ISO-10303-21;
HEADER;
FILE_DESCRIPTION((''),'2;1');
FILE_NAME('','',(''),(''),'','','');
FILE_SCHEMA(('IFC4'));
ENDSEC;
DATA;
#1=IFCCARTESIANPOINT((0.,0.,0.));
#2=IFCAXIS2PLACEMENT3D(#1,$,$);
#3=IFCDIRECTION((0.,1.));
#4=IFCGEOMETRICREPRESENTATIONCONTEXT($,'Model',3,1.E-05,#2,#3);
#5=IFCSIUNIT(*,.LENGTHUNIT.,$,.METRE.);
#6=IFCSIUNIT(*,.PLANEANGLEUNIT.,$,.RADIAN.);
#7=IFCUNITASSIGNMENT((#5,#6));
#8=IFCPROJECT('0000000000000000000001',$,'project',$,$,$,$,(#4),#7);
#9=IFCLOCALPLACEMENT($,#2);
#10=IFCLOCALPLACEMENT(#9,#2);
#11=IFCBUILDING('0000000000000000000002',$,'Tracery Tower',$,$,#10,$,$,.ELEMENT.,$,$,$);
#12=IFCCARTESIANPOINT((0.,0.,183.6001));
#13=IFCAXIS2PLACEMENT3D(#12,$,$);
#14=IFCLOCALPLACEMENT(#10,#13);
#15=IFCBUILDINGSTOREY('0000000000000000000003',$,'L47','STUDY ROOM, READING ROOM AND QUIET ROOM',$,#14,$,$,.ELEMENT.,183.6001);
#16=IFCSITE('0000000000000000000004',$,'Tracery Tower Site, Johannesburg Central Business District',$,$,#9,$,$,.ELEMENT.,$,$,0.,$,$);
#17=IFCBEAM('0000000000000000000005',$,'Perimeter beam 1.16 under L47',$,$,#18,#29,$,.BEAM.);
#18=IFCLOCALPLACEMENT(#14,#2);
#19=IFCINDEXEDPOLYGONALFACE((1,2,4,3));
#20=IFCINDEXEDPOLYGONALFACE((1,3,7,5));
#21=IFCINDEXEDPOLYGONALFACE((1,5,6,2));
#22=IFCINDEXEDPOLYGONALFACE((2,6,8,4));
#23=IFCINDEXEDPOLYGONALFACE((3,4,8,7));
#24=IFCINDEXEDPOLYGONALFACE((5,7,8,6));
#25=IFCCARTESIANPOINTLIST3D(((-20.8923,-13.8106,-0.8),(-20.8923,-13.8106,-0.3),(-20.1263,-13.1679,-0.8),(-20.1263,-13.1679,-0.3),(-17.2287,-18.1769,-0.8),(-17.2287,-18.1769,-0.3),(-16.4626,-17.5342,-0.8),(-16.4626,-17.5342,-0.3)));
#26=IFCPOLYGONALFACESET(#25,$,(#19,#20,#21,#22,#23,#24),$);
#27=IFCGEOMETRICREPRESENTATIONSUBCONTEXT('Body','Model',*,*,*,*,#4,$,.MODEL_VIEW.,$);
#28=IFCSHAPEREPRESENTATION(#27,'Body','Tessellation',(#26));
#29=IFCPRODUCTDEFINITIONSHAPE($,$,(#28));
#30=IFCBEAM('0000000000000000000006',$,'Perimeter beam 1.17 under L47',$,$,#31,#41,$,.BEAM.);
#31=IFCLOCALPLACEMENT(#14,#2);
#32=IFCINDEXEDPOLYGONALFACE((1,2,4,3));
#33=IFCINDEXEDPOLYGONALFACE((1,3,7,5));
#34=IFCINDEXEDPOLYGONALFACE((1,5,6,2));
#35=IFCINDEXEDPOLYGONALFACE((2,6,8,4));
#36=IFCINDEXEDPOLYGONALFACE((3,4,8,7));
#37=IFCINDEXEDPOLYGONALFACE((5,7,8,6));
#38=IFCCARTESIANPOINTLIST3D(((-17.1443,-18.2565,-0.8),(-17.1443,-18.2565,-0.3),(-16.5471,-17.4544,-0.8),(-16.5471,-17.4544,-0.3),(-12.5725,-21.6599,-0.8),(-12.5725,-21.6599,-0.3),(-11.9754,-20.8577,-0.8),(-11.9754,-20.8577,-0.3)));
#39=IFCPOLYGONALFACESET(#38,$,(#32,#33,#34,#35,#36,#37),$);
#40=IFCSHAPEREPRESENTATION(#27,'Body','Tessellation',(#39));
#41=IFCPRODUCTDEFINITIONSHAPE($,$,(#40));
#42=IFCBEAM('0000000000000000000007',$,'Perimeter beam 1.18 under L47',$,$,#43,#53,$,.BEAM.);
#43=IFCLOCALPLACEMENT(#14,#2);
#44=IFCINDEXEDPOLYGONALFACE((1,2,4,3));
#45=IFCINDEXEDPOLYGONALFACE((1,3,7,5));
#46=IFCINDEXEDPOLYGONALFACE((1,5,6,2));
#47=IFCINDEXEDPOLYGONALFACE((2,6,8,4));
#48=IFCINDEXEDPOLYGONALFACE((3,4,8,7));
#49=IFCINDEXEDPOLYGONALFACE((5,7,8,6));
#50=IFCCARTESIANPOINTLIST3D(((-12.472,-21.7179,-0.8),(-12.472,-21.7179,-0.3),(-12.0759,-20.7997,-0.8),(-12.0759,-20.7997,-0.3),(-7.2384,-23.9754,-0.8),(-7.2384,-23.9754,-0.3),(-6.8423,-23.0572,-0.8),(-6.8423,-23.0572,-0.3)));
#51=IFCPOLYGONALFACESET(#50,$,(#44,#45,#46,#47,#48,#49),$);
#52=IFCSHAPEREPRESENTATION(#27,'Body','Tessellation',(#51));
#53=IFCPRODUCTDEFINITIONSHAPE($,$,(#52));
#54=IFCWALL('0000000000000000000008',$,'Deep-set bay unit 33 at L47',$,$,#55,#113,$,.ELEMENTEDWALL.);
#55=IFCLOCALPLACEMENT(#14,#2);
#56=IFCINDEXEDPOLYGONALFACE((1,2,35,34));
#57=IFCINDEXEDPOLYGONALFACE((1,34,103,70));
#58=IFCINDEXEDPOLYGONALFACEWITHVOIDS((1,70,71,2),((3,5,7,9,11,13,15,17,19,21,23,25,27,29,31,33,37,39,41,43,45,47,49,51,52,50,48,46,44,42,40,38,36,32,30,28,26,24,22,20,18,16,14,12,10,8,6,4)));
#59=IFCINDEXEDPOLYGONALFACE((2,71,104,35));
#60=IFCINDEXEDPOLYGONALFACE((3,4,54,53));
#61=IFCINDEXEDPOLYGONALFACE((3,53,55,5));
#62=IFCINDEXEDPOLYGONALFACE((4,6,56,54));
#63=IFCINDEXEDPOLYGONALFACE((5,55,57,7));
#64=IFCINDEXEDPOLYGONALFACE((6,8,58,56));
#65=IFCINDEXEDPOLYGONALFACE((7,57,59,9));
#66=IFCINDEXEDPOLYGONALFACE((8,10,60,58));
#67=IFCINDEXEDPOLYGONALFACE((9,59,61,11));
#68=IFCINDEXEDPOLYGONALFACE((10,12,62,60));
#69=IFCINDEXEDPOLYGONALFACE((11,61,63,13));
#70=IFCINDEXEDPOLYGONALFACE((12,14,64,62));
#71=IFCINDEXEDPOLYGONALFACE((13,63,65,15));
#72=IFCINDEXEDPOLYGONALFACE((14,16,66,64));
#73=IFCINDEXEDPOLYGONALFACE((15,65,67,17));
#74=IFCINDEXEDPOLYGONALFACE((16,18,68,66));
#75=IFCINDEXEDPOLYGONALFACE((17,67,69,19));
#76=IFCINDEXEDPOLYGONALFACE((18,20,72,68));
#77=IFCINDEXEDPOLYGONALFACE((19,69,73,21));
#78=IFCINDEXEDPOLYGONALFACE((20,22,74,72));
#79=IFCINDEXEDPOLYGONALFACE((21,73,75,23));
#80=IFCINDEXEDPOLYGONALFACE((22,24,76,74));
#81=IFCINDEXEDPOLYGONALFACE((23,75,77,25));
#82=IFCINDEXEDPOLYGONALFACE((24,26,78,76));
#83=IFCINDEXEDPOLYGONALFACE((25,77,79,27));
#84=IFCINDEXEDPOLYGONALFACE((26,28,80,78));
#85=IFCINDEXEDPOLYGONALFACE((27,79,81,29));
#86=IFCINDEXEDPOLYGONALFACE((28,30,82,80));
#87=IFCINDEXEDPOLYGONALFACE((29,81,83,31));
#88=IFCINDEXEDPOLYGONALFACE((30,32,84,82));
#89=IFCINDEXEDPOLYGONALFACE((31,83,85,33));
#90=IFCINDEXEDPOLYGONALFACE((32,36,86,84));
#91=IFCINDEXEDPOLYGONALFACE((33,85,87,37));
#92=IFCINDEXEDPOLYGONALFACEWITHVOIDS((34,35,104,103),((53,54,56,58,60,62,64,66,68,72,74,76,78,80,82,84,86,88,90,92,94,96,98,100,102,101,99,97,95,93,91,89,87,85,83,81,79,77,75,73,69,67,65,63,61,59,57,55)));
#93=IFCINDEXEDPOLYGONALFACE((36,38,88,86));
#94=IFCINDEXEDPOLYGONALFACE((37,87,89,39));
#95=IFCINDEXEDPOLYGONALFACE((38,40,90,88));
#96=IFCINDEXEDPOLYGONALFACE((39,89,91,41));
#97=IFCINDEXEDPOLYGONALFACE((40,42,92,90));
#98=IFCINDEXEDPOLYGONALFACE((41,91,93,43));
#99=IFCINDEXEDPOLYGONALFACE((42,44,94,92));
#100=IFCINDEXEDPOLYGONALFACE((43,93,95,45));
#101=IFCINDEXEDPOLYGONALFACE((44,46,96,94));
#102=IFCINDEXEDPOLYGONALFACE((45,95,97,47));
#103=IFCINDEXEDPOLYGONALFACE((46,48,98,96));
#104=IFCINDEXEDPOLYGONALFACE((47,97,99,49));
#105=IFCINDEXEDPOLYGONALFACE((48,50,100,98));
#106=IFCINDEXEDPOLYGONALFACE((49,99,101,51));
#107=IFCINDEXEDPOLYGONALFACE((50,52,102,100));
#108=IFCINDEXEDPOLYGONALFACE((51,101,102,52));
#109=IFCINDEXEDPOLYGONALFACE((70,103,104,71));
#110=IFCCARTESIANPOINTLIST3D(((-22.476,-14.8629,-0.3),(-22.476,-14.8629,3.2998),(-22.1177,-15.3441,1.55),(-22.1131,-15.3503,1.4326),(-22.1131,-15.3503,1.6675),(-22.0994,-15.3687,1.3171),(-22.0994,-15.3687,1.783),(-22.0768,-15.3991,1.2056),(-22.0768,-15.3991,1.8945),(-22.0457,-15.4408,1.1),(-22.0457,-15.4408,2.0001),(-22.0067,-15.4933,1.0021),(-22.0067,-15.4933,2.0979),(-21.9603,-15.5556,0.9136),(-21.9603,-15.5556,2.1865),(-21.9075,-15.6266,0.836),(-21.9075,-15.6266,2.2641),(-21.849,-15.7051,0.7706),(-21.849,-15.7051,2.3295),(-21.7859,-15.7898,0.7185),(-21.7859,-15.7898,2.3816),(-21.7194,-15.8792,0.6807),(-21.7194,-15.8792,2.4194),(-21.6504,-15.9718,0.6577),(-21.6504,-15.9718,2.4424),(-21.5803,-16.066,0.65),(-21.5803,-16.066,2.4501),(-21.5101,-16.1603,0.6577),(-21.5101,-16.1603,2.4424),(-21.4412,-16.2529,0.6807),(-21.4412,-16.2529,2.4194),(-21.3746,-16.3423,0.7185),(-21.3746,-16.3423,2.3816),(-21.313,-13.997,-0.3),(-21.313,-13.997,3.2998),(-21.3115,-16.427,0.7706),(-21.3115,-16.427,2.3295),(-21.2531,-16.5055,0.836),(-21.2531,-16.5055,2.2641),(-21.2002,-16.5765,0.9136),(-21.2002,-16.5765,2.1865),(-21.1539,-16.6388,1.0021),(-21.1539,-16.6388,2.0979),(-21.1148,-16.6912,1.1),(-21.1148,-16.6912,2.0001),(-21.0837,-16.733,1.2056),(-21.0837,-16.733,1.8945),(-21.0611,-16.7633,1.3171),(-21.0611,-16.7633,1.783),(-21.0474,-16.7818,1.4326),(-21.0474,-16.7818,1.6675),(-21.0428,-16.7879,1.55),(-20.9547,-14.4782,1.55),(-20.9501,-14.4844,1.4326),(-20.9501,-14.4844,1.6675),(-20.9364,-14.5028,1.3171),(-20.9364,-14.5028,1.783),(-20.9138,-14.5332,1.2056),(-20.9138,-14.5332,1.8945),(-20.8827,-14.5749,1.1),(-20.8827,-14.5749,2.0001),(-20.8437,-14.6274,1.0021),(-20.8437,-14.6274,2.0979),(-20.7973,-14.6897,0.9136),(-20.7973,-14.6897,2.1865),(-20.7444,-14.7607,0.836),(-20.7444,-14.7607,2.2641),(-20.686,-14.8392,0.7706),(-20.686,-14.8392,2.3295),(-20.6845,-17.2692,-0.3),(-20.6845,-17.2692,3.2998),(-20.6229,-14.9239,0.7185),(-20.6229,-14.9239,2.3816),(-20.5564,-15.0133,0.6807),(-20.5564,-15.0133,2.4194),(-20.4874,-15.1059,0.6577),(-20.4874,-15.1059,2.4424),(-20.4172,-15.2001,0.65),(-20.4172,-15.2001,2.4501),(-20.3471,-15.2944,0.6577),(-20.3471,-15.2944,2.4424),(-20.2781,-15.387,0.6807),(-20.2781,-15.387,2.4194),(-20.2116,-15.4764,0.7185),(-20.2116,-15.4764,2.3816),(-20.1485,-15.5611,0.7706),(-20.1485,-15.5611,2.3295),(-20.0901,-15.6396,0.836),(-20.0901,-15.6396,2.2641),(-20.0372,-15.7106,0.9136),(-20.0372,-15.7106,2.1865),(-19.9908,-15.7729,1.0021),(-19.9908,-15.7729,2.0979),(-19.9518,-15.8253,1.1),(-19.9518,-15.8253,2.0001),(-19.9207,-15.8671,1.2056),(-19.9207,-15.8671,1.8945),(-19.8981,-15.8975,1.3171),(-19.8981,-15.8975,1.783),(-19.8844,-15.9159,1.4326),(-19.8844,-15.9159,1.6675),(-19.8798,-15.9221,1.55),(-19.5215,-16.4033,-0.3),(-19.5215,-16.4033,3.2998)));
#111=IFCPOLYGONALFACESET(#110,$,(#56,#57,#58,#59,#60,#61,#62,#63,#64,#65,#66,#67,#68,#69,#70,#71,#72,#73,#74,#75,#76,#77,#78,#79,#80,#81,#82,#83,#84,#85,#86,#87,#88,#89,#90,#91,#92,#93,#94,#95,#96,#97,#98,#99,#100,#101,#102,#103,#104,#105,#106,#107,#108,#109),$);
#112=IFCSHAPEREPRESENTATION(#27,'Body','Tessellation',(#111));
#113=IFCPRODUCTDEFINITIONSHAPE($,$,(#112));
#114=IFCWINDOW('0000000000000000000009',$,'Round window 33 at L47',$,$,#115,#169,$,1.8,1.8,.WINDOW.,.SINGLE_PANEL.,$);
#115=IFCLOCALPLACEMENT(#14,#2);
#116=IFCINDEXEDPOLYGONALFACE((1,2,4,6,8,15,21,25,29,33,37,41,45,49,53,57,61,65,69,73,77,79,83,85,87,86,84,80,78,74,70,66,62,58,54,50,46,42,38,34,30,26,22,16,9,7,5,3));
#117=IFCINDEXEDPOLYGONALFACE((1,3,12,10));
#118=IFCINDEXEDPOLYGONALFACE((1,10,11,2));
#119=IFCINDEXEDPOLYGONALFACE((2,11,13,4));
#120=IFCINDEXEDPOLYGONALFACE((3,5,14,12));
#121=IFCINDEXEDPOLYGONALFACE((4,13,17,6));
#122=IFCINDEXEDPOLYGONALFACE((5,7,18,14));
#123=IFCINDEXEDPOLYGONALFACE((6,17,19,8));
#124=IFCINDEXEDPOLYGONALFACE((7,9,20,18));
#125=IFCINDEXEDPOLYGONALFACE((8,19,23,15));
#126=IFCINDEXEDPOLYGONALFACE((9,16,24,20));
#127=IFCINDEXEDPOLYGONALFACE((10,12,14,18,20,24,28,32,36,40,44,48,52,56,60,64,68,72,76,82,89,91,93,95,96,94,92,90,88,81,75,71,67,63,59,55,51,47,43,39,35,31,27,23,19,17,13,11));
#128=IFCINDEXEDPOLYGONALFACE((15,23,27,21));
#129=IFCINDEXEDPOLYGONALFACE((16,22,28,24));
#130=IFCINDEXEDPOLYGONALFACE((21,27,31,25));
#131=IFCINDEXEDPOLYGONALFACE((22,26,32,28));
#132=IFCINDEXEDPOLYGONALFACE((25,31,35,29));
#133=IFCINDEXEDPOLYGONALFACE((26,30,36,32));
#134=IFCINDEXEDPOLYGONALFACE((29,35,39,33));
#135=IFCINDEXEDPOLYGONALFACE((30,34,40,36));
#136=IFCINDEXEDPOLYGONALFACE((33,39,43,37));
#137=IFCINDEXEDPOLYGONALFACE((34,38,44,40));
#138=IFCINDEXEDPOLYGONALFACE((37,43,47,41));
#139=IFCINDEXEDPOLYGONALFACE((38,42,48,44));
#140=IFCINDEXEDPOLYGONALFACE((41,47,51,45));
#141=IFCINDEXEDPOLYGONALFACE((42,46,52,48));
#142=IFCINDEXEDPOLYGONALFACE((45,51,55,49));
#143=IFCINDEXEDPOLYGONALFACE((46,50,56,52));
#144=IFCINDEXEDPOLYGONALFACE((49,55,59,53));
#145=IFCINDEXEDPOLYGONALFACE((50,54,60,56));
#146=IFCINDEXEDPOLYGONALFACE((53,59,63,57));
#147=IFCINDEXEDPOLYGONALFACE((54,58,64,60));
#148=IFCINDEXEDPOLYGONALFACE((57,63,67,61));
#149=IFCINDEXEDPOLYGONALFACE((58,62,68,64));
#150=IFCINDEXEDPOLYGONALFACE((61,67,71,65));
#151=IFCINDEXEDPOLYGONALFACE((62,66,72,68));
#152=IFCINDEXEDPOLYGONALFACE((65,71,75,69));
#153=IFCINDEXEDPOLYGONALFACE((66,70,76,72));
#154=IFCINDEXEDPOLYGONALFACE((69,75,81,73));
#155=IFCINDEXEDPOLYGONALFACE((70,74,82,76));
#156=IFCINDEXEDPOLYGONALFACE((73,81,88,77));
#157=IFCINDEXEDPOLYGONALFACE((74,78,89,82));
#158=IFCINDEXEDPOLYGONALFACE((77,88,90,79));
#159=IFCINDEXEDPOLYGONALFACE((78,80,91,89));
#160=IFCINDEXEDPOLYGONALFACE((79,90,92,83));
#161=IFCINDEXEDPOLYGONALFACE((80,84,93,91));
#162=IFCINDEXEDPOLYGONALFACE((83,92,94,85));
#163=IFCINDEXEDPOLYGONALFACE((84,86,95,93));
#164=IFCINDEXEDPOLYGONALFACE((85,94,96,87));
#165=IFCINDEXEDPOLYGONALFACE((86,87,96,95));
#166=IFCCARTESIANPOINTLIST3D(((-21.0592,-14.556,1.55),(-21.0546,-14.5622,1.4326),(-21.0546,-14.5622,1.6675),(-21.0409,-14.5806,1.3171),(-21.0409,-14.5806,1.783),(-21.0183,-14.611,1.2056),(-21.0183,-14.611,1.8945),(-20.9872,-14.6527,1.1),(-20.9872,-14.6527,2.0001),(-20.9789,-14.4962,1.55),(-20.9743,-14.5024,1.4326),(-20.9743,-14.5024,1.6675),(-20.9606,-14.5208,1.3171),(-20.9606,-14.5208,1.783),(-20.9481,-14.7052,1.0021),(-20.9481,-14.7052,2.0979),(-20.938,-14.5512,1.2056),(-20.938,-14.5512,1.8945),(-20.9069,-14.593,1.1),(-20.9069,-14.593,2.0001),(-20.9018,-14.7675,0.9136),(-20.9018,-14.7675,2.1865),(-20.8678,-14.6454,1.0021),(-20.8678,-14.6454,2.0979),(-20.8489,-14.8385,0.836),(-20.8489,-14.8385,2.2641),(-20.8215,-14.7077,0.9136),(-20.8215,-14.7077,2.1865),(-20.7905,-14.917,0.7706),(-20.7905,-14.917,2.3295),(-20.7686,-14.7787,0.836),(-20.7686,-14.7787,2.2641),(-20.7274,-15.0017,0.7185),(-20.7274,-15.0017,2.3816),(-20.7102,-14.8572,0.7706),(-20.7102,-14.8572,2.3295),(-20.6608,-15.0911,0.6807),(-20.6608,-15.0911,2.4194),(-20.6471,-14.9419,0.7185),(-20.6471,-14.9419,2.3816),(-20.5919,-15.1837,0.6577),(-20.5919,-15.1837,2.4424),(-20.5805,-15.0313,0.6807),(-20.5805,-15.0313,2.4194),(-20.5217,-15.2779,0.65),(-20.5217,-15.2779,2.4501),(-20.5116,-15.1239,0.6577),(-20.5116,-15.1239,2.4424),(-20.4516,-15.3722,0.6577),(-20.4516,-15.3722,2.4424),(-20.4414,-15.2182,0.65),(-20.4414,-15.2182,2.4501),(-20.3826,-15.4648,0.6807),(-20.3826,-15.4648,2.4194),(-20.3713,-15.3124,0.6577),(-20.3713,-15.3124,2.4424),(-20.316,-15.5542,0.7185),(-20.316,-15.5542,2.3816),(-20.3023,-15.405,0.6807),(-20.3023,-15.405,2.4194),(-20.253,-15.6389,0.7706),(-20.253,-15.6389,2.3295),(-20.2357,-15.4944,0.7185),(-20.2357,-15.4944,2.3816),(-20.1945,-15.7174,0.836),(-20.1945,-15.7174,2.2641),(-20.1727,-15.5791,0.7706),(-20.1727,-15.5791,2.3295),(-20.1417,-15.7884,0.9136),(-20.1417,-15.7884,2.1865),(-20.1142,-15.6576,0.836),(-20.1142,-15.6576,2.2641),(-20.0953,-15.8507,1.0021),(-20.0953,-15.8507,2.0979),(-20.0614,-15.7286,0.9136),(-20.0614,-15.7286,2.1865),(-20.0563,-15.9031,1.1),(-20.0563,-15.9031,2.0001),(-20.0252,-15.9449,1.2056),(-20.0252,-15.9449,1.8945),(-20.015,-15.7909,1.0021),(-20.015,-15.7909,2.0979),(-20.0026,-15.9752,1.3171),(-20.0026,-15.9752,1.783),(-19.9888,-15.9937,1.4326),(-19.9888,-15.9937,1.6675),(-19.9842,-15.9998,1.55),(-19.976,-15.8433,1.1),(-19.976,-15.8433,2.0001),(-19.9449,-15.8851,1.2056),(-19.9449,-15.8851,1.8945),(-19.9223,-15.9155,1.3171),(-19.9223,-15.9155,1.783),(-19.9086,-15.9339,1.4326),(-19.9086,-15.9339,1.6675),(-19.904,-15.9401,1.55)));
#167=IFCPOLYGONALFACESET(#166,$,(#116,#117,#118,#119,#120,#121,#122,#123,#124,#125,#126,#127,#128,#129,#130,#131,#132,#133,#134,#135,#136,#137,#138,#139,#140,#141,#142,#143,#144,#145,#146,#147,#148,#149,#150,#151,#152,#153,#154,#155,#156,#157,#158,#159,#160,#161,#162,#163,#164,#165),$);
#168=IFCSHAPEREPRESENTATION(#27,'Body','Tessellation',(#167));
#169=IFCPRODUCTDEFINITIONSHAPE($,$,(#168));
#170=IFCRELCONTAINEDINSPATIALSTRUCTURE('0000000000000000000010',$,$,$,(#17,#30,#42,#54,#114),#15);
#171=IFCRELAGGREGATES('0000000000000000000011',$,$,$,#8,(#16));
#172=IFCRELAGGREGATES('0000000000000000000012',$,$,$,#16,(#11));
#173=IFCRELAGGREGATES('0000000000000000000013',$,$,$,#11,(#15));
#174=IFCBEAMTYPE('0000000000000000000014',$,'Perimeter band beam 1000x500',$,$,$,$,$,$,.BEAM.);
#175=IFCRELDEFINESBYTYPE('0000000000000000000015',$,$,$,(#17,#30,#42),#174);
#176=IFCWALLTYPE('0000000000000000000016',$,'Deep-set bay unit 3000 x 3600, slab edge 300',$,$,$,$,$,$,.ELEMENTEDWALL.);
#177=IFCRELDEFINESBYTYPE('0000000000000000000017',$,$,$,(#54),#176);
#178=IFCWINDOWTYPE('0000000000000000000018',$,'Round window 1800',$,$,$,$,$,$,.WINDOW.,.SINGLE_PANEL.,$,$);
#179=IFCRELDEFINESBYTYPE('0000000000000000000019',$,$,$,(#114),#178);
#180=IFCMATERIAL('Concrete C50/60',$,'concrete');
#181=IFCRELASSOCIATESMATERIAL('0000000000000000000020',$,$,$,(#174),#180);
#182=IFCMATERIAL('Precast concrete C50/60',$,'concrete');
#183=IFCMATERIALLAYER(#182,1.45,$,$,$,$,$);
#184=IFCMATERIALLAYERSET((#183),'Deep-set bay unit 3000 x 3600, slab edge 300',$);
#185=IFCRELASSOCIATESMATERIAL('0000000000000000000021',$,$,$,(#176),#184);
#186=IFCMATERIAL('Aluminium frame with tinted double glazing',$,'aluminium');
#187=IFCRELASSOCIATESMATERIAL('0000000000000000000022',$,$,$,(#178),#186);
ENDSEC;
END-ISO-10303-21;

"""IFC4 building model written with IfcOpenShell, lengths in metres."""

from ifc_helpers import new_model, si_unit, direction, frame, frame_2d, origin, origin_2d, place, context, subcontext, project, spatial, rectangle, circle, extrude, material, layer, layer_set, material_profile, profile_set, type_object, element, fill, save


model = new_model("IFC4")

# Units and contexts
model_context = context("Model", 3, precision=1e-05, world=origin(), true_north=direction((0.0, 1.0)))
body_context = subcontext(model_context, "Body", "Model", "MODEL_VIEW")
ifc_project = project(units=[si_unit("LENGTHUNIT", "METRE"), si_unit("PLANEANGLEUNIT", "RADIAN")], contexts=[model_context])

# Site, building, storey
site_placement = place(None, origin())
site = spatial("IfcSite", under=ifc_project, at=site_placement, Name="Tracery Tower Site, Johannesburg Central Business District", CompositionType="ELEMENT", RefElevation=0.0)
building_placement = place(site_placement, origin())
building = spatial("IfcBuilding", under=site, at=building_placement, Name="Tracery Tower", CompositionType="ELEMENT")
storey_placement = place(building_placement, frame((0.0, 0.0, 183.6001)))
storey = spatial("IfcBuildingStorey", under=building, at=storey_placement, Name="L47", Description="STUDY ROOM, READING ROOM AND QUIET ROOM", CompositionType="ELEMENT", Elevation=183.6001)

# Beams
ifc_material_1 = material(Name="Concrete C50/60", Category="concrete")
ifc_material_profile_1 = material_profile(ifc_material_1, rectangle(XDim=1.0, YDim=0.5, at=origin_2d()), Name="RC 1000x500")
ifc_profile_set_1 = profile_set([ifc_material_profile_1], Name="Concrete C50/60")
beam_type = type_object("IfcBeamType", Name="Perimeter band beam 1000x500", PredefinedType="BEAM", material=ifc_profile_set_1)
beam_1_placement = place(storey_placement, frame((-20.5093, -13.4893, -0.55), z_axis=(0.642776, -0.766054, 0.0), x_axis=(0.766054, 0.642776, 0.0)))
element("IfcBeam", 1, at=beam_1_placement, inside=storey, type_object=beam_type, Name="Perimeter beam 1.16 under L47", PredefinedType="BEAM", context=body_context, shape_type="SweptSolid", body=[
    extrude(rectangle(XDim=1.0, YDim=0.5, at=origin_2d()), origin(), (0.0, 0.0, 1.0), 5.6997),
])
beam_2_placement = place(storey_placement, frame((-16.8457, -17.8555, -0.55), z_axis=(0.802144, -0.597131, 0.0), x_axis=(0.597131, 0.802144, 0.0)))
element("IfcBeam", 2, at=beam_2_placement, inside=storey, type_object=beam_type, Name="Perimeter beam 1.17 under L47", PredefinedType="BEAM", context=body_context, shape_type="SweptSolid", body=[
    extrude(rectangle(XDim=1.0, YDim=0.5, at=origin_2d()), origin(), (0.0, 0.0, 1.0), 5.6995),
])
beam_3_placement = place(storey_placement, frame((-12.2739, -21.2588, -0.55), z_axis=(0.918216, -0.396079, 0.0), x_axis=(0.396079, 0.918216, 0.0)))
element("IfcBeam", 3, at=beam_3_placement, inside=storey, type_object=beam_type, Name="Perimeter beam 1.18 under L47", PredefinedType="BEAM", context=body_context, shape_type="SweptSolid", body=[
    extrude(rectangle(XDim=1.0, YDim=0.5, at=origin_2d()), origin(), (0.0, 0.0, 1.0), 5.6997),
])

# Wall, opening, window
ifc_material_2 = material(Name="Precast concrete C50/60", Category="concrete")
ifc_layer_1 = layer(ifc_material_2, 1.45)
ifc_layer_set_1 = layer_set([ifc_layer_1], Name="Deep-set bay unit 3000 x 3600, slab edge 300")
wall_type_1 = type_object("IfcWallType", Name="Deep-set bay unit 3000 x 3600, slab edge 300", PredefinedType="ELEMENTEDWALL", material=ifc_layer_set_1)
wall_1_placement = place(storey_placement, frame((-21.8945, -14.4299, -0.3), z_axis=(0.0, 0.0, 1.0), x_axis=(0.597184, -0.802104, 0.0)))
wall_1 = element("IfcWall", 4, at=wall_1_placement, inside=storey, type_object=wall_type_1, Name="Deep-set bay unit 33 at L47", PredefinedType="ELEMENTEDWALL", context=body_context, shape_type="SweptSolid", body=[
    extrude(rectangle(XDim=3.0, YDim=1.45, at=frame_2d((1.5, 0.0))), origin(), (0.0, 0.0, 1.0), 3.5999),
])
opening_1_placement = place(wall_1_placement, frame((1.5, 0.0, 1.8501)))
opening_1 = element("IfcOpeningElement", 5, at=opening_1_placement, cuts=wall_1, PredefinedType="OPENING", context=body_context, shape_type="SweptSolid", body=[
    extrude(circle(Radius=0.9, at=origin_2d()), frame((0.0, 0.7349, 0.0), z_axis=(0.0, -1.0, 0.0), x_axis=(1.0, 0.0, 0.0)), (0.0, 0.0, 1.0), 1.47),
])
ifc_material_3 = material(Name="Aluminium frame with tinted double glazing", Category="aluminium")
window_type = type_object("IfcWindowType", Name="Round window 1800", PartitioningType="SINGLE_PANEL", PredefinedType="WINDOW", material=ifc_material_3)
window_1_placement = place(opening_1_placement, origin())
window_1 = element("IfcWindow", 6, at=window_1_placement, inside=storey, type_object=window_type, Name="Round window 33 at L47", OverallHeight=1.8, OverallWidth=1.8, PartitioningType="SINGLE_PANEL", PredefinedType="WINDOW", context=body_context, shape_type="SweptSolid", body=[
    extrude(circle(Radius=0.9, at=origin_2d()), frame((0.0, 0.6948, 0.0), z_axis=(0.0, -1.0, 0.0), x_axis=(1.0, 0.0, 0.0)), (0.0, 0.0, 1.0), 0.1001),
])
fill(opening_1, window_1)

save(model, "model.ifc")
